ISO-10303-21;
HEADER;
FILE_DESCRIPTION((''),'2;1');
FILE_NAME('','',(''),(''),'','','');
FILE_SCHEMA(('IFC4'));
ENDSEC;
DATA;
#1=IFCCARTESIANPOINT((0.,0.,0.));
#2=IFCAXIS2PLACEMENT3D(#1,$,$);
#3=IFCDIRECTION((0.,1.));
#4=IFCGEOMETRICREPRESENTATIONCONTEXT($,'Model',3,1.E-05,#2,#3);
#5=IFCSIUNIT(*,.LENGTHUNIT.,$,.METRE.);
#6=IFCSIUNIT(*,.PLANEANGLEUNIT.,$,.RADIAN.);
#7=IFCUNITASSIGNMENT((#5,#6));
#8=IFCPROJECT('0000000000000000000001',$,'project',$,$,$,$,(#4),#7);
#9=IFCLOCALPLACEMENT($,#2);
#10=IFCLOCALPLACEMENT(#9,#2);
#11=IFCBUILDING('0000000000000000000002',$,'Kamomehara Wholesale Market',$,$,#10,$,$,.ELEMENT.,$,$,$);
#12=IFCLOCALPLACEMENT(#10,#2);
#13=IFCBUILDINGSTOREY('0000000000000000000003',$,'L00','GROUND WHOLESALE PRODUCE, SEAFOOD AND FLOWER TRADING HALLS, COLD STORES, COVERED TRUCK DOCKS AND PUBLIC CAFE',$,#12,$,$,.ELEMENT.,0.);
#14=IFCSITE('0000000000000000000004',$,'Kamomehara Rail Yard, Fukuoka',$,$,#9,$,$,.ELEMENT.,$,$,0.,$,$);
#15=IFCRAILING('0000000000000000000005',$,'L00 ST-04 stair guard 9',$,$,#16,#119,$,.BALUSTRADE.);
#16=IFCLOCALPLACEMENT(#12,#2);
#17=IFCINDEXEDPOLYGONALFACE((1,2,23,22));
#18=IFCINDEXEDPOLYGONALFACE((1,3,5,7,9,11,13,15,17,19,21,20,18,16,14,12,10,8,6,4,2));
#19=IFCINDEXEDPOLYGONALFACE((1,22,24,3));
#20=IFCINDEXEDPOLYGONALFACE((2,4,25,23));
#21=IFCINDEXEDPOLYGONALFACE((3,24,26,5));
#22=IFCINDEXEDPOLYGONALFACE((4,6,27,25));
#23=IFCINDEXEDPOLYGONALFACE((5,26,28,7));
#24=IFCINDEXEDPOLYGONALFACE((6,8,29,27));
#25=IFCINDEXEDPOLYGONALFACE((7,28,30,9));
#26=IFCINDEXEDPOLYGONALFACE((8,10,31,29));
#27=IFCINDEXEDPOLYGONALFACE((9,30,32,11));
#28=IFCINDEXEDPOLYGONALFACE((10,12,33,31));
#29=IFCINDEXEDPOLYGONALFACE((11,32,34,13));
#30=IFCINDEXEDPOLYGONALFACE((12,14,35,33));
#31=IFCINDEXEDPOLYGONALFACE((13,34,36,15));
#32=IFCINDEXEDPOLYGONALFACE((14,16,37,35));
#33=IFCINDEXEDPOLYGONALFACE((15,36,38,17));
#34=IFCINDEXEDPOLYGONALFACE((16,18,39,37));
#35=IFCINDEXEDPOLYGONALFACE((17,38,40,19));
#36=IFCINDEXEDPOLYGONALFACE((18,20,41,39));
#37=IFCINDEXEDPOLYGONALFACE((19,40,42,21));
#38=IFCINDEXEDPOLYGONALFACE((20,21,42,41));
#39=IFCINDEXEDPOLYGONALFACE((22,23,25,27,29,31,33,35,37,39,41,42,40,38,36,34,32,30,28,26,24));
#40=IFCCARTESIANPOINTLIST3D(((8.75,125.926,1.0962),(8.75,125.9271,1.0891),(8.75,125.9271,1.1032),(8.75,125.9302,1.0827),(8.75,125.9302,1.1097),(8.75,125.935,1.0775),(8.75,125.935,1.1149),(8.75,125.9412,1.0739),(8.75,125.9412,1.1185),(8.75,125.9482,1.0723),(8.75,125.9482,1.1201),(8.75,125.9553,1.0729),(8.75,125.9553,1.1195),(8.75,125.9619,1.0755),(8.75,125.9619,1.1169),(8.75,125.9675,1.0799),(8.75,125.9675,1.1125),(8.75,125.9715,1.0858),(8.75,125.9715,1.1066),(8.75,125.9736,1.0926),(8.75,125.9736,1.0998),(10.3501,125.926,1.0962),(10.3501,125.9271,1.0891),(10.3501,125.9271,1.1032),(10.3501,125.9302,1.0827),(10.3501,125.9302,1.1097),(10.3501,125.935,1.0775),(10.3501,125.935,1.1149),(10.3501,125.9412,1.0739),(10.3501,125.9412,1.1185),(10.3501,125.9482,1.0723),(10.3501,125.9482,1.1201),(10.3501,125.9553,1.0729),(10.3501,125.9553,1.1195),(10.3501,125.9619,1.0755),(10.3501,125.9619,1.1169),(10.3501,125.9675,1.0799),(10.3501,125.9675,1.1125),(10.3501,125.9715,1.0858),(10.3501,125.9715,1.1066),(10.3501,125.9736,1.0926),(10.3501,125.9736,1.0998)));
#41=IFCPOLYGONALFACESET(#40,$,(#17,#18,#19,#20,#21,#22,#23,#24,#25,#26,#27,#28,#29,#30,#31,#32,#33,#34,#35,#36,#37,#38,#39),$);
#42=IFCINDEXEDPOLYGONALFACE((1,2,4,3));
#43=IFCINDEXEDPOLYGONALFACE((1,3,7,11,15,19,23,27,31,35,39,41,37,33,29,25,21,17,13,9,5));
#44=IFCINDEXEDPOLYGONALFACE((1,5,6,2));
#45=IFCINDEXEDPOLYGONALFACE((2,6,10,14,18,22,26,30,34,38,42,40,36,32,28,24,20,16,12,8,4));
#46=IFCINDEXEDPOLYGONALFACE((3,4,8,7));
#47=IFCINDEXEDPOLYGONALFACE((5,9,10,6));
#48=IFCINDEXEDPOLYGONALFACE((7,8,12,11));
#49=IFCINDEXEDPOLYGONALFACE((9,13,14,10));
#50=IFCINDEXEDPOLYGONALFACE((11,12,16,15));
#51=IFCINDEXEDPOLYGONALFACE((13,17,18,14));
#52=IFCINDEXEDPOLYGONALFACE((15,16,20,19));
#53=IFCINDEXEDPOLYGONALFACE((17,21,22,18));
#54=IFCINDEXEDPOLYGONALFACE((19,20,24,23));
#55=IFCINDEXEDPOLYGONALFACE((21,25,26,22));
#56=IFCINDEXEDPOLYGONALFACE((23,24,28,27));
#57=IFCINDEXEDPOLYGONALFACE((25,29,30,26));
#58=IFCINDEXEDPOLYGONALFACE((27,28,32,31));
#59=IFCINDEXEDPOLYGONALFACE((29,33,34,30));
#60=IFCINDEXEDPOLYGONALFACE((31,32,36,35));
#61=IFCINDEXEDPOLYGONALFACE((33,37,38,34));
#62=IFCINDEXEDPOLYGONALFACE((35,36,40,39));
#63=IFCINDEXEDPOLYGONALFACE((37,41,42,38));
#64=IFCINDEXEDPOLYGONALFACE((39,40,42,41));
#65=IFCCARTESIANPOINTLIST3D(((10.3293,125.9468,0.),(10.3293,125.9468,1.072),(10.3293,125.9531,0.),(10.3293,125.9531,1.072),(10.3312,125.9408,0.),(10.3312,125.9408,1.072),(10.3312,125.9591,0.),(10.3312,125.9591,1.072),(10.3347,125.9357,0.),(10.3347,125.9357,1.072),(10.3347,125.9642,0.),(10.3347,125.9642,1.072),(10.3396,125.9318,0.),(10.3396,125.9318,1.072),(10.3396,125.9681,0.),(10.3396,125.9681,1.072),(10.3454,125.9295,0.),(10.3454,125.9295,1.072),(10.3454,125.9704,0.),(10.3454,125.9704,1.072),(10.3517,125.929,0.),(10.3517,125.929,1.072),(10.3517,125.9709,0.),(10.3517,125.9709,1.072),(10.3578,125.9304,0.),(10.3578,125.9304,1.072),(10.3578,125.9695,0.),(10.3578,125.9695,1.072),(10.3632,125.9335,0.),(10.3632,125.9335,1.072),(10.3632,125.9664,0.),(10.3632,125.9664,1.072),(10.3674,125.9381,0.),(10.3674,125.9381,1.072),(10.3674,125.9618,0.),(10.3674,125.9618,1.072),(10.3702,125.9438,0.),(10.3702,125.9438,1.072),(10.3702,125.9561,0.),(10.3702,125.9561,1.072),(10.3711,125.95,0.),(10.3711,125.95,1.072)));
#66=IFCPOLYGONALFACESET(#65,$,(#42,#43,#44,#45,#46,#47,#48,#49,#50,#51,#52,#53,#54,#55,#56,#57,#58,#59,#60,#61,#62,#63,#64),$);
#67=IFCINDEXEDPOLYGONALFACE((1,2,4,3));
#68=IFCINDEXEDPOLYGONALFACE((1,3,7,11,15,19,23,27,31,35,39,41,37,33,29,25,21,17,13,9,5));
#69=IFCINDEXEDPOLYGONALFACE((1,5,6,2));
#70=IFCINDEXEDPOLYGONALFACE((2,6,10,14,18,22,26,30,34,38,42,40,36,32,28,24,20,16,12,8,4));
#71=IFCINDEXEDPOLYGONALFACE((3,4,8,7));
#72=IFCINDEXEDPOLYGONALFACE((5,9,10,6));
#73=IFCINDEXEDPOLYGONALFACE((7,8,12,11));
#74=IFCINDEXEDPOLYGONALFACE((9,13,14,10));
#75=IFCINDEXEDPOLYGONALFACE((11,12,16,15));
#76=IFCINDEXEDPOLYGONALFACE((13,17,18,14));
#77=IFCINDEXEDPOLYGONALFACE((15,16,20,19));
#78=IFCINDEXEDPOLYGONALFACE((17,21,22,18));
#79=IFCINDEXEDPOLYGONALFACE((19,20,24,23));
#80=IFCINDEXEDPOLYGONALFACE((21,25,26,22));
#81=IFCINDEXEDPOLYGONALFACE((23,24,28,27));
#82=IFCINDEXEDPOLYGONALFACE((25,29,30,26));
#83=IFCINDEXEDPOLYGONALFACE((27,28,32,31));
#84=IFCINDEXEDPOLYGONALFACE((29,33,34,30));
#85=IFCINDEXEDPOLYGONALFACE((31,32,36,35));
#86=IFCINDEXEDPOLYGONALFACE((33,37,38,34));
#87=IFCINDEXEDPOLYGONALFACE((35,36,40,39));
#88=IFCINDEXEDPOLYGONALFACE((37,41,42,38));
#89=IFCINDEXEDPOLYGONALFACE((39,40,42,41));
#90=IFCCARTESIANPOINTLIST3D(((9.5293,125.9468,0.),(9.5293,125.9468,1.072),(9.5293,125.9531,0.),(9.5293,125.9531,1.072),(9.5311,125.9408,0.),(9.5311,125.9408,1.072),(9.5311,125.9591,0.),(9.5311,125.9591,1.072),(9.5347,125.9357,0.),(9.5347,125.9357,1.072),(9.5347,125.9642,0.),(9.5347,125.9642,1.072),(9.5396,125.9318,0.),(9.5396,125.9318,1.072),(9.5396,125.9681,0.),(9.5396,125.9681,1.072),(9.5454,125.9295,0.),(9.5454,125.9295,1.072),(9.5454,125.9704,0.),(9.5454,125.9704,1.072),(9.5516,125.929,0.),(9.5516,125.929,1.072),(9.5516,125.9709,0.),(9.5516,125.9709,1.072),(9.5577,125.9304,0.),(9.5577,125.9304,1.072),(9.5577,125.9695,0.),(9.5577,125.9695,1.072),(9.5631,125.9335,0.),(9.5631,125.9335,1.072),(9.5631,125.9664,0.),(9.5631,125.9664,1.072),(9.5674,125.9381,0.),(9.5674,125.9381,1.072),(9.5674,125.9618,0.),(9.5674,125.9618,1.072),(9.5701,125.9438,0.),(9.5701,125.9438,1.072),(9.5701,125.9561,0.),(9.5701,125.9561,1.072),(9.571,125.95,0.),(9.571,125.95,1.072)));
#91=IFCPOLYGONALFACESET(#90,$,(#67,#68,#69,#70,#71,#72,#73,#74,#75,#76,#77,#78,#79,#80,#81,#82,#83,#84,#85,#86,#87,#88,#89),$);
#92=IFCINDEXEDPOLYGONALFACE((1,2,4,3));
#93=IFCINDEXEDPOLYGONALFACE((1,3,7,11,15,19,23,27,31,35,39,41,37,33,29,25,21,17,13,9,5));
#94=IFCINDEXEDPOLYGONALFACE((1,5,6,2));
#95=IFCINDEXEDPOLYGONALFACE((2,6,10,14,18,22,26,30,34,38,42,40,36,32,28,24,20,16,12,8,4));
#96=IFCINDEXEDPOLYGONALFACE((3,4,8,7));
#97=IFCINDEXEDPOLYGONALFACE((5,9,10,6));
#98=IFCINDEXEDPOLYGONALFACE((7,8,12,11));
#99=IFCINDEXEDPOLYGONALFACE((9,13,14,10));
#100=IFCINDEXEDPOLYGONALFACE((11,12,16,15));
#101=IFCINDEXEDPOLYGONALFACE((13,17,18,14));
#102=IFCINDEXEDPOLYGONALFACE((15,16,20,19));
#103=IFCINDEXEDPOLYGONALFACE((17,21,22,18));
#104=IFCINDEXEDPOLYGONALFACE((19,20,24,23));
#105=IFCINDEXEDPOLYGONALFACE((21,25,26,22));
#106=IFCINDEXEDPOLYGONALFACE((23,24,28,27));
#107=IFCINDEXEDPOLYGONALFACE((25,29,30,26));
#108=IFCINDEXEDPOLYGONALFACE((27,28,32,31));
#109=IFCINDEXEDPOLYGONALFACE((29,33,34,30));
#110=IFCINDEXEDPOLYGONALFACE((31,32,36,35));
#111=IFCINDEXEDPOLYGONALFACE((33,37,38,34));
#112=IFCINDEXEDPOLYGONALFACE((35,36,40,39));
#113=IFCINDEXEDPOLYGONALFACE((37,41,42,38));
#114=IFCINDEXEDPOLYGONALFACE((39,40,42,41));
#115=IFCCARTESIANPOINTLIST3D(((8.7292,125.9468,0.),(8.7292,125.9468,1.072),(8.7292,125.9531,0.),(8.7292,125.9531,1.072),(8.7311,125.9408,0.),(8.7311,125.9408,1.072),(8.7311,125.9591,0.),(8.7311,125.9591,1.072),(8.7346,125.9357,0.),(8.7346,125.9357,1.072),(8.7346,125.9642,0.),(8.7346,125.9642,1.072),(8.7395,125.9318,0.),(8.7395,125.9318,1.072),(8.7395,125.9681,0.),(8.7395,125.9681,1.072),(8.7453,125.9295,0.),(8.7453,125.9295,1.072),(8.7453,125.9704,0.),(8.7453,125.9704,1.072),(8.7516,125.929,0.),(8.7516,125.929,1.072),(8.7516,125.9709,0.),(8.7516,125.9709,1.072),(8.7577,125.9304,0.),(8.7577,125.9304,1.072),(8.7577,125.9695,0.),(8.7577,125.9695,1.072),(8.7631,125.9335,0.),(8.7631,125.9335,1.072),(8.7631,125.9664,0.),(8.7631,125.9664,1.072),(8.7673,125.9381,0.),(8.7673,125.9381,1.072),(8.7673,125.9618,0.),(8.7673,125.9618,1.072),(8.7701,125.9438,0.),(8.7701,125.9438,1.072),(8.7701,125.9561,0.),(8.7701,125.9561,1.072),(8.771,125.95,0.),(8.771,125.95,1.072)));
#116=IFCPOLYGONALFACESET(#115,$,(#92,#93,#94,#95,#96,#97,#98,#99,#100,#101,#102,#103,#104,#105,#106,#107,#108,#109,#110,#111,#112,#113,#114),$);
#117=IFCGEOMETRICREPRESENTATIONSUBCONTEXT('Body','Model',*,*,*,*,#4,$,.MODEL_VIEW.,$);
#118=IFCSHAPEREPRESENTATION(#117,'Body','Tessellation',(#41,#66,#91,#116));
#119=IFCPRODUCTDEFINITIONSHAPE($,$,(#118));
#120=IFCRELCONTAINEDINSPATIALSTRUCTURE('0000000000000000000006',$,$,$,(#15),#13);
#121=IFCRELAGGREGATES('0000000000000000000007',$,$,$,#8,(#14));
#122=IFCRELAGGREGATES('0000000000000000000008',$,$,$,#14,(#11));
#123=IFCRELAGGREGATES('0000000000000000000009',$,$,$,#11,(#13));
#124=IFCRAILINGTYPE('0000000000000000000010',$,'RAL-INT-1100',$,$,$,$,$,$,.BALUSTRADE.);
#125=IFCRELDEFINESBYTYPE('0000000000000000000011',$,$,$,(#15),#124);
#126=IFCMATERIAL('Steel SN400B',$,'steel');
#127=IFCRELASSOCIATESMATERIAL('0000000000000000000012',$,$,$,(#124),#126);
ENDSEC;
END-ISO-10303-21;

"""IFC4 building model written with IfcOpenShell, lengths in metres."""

from ifc_helpers import new_model, si_unit, direction, frame, origin, origin_2d, place, context, subcontext, project, spatial, circle, extrude, material, type_object, element, save


model = new_model("IFC4")

# Units and contexts
model_context = context("Model", 3, precision=1e-05, world=origin(), true_north=direction((0.0, 1.0)))
body_context = subcontext(model_context, "Body", "Model", "MODEL_VIEW")
ifc_project = project(units=[si_unit("LENGTHUNIT", "METRE"), si_unit("PLANEANGLEUNIT", "RADIAN")], contexts=[model_context])

# Site, building, storey
site_placement = place(None, origin())
site = spatial("IfcSite", under=ifc_project, at=site_placement, Name="Kamomehara Rail Yard, Fukuoka", CompositionType="ELEMENT", RefElevation=0.0)
building_placement = place(site_placement, origin())
building = spatial("IfcBuilding", under=site, at=building_placement, Name="Kamomehara Wholesale Market", CompositionType="ELEMENT")
storey_placement = place(building_placement, origin())
storey = spatial("IfcBuildingStorey", under=building, at=storey_placement, Name="L00", Description="GROUND WHOLESALE PRODUCE, SEAFOOD AND FLOWER TRADING HALLS, COLD STORES, COVERED TRUCK DOCKS AND PUBLIC CAFE", CompositionType="ELEMENT", Elevation=0.0)

# Railing
ifc_material_1 = material(Name="Steel SN400B", Category="steel")
railing_type_1 = type_object("IfcRailingType", Name="RAL-INT-1100", PredefinedType="BALUSTRADE", material=ifc_material_1)
for number, where, name in (
    (1, (10.3501, 125.95, 0.0), "L00 ST-04 stair guard 9"),
):
    element("IfcRailing", number, at=place(storey_placement, frame(where)), inside=storey, type_object=railing_type_1, Name=name, PredefinedType="BALUSTRADE", context=body_context, shape_type="SweptSolid", body=[
        extrude(circle(Radius=0.0239, at=origin_2d()), frame((0.0, 0.0, 1.0962), z_axis=(-1.0, 0.0, 0.0), x_axis=(0.0, -1.0, 0.0)), (0.0, 0.0, 1.0), 1.6001),
        extrude(circle(Radius=0.021, at=origin_2d()), origin(), (0.0, 0.0, 1.0), 1.072),
        extrude(circle(Radius=0.021, at=origin_2d()), frame((-0.8, 0.0, 0.0)), (0.0, 0.0, 1.0), 1.072),
        extrude(circle(Radius=0.021, at=origin_2d()), frame((-1.6001, 0.0, 0.0)), (0.0, 0.0, 1.0), 1.072),
    ])

save(model, "model.ifc")
